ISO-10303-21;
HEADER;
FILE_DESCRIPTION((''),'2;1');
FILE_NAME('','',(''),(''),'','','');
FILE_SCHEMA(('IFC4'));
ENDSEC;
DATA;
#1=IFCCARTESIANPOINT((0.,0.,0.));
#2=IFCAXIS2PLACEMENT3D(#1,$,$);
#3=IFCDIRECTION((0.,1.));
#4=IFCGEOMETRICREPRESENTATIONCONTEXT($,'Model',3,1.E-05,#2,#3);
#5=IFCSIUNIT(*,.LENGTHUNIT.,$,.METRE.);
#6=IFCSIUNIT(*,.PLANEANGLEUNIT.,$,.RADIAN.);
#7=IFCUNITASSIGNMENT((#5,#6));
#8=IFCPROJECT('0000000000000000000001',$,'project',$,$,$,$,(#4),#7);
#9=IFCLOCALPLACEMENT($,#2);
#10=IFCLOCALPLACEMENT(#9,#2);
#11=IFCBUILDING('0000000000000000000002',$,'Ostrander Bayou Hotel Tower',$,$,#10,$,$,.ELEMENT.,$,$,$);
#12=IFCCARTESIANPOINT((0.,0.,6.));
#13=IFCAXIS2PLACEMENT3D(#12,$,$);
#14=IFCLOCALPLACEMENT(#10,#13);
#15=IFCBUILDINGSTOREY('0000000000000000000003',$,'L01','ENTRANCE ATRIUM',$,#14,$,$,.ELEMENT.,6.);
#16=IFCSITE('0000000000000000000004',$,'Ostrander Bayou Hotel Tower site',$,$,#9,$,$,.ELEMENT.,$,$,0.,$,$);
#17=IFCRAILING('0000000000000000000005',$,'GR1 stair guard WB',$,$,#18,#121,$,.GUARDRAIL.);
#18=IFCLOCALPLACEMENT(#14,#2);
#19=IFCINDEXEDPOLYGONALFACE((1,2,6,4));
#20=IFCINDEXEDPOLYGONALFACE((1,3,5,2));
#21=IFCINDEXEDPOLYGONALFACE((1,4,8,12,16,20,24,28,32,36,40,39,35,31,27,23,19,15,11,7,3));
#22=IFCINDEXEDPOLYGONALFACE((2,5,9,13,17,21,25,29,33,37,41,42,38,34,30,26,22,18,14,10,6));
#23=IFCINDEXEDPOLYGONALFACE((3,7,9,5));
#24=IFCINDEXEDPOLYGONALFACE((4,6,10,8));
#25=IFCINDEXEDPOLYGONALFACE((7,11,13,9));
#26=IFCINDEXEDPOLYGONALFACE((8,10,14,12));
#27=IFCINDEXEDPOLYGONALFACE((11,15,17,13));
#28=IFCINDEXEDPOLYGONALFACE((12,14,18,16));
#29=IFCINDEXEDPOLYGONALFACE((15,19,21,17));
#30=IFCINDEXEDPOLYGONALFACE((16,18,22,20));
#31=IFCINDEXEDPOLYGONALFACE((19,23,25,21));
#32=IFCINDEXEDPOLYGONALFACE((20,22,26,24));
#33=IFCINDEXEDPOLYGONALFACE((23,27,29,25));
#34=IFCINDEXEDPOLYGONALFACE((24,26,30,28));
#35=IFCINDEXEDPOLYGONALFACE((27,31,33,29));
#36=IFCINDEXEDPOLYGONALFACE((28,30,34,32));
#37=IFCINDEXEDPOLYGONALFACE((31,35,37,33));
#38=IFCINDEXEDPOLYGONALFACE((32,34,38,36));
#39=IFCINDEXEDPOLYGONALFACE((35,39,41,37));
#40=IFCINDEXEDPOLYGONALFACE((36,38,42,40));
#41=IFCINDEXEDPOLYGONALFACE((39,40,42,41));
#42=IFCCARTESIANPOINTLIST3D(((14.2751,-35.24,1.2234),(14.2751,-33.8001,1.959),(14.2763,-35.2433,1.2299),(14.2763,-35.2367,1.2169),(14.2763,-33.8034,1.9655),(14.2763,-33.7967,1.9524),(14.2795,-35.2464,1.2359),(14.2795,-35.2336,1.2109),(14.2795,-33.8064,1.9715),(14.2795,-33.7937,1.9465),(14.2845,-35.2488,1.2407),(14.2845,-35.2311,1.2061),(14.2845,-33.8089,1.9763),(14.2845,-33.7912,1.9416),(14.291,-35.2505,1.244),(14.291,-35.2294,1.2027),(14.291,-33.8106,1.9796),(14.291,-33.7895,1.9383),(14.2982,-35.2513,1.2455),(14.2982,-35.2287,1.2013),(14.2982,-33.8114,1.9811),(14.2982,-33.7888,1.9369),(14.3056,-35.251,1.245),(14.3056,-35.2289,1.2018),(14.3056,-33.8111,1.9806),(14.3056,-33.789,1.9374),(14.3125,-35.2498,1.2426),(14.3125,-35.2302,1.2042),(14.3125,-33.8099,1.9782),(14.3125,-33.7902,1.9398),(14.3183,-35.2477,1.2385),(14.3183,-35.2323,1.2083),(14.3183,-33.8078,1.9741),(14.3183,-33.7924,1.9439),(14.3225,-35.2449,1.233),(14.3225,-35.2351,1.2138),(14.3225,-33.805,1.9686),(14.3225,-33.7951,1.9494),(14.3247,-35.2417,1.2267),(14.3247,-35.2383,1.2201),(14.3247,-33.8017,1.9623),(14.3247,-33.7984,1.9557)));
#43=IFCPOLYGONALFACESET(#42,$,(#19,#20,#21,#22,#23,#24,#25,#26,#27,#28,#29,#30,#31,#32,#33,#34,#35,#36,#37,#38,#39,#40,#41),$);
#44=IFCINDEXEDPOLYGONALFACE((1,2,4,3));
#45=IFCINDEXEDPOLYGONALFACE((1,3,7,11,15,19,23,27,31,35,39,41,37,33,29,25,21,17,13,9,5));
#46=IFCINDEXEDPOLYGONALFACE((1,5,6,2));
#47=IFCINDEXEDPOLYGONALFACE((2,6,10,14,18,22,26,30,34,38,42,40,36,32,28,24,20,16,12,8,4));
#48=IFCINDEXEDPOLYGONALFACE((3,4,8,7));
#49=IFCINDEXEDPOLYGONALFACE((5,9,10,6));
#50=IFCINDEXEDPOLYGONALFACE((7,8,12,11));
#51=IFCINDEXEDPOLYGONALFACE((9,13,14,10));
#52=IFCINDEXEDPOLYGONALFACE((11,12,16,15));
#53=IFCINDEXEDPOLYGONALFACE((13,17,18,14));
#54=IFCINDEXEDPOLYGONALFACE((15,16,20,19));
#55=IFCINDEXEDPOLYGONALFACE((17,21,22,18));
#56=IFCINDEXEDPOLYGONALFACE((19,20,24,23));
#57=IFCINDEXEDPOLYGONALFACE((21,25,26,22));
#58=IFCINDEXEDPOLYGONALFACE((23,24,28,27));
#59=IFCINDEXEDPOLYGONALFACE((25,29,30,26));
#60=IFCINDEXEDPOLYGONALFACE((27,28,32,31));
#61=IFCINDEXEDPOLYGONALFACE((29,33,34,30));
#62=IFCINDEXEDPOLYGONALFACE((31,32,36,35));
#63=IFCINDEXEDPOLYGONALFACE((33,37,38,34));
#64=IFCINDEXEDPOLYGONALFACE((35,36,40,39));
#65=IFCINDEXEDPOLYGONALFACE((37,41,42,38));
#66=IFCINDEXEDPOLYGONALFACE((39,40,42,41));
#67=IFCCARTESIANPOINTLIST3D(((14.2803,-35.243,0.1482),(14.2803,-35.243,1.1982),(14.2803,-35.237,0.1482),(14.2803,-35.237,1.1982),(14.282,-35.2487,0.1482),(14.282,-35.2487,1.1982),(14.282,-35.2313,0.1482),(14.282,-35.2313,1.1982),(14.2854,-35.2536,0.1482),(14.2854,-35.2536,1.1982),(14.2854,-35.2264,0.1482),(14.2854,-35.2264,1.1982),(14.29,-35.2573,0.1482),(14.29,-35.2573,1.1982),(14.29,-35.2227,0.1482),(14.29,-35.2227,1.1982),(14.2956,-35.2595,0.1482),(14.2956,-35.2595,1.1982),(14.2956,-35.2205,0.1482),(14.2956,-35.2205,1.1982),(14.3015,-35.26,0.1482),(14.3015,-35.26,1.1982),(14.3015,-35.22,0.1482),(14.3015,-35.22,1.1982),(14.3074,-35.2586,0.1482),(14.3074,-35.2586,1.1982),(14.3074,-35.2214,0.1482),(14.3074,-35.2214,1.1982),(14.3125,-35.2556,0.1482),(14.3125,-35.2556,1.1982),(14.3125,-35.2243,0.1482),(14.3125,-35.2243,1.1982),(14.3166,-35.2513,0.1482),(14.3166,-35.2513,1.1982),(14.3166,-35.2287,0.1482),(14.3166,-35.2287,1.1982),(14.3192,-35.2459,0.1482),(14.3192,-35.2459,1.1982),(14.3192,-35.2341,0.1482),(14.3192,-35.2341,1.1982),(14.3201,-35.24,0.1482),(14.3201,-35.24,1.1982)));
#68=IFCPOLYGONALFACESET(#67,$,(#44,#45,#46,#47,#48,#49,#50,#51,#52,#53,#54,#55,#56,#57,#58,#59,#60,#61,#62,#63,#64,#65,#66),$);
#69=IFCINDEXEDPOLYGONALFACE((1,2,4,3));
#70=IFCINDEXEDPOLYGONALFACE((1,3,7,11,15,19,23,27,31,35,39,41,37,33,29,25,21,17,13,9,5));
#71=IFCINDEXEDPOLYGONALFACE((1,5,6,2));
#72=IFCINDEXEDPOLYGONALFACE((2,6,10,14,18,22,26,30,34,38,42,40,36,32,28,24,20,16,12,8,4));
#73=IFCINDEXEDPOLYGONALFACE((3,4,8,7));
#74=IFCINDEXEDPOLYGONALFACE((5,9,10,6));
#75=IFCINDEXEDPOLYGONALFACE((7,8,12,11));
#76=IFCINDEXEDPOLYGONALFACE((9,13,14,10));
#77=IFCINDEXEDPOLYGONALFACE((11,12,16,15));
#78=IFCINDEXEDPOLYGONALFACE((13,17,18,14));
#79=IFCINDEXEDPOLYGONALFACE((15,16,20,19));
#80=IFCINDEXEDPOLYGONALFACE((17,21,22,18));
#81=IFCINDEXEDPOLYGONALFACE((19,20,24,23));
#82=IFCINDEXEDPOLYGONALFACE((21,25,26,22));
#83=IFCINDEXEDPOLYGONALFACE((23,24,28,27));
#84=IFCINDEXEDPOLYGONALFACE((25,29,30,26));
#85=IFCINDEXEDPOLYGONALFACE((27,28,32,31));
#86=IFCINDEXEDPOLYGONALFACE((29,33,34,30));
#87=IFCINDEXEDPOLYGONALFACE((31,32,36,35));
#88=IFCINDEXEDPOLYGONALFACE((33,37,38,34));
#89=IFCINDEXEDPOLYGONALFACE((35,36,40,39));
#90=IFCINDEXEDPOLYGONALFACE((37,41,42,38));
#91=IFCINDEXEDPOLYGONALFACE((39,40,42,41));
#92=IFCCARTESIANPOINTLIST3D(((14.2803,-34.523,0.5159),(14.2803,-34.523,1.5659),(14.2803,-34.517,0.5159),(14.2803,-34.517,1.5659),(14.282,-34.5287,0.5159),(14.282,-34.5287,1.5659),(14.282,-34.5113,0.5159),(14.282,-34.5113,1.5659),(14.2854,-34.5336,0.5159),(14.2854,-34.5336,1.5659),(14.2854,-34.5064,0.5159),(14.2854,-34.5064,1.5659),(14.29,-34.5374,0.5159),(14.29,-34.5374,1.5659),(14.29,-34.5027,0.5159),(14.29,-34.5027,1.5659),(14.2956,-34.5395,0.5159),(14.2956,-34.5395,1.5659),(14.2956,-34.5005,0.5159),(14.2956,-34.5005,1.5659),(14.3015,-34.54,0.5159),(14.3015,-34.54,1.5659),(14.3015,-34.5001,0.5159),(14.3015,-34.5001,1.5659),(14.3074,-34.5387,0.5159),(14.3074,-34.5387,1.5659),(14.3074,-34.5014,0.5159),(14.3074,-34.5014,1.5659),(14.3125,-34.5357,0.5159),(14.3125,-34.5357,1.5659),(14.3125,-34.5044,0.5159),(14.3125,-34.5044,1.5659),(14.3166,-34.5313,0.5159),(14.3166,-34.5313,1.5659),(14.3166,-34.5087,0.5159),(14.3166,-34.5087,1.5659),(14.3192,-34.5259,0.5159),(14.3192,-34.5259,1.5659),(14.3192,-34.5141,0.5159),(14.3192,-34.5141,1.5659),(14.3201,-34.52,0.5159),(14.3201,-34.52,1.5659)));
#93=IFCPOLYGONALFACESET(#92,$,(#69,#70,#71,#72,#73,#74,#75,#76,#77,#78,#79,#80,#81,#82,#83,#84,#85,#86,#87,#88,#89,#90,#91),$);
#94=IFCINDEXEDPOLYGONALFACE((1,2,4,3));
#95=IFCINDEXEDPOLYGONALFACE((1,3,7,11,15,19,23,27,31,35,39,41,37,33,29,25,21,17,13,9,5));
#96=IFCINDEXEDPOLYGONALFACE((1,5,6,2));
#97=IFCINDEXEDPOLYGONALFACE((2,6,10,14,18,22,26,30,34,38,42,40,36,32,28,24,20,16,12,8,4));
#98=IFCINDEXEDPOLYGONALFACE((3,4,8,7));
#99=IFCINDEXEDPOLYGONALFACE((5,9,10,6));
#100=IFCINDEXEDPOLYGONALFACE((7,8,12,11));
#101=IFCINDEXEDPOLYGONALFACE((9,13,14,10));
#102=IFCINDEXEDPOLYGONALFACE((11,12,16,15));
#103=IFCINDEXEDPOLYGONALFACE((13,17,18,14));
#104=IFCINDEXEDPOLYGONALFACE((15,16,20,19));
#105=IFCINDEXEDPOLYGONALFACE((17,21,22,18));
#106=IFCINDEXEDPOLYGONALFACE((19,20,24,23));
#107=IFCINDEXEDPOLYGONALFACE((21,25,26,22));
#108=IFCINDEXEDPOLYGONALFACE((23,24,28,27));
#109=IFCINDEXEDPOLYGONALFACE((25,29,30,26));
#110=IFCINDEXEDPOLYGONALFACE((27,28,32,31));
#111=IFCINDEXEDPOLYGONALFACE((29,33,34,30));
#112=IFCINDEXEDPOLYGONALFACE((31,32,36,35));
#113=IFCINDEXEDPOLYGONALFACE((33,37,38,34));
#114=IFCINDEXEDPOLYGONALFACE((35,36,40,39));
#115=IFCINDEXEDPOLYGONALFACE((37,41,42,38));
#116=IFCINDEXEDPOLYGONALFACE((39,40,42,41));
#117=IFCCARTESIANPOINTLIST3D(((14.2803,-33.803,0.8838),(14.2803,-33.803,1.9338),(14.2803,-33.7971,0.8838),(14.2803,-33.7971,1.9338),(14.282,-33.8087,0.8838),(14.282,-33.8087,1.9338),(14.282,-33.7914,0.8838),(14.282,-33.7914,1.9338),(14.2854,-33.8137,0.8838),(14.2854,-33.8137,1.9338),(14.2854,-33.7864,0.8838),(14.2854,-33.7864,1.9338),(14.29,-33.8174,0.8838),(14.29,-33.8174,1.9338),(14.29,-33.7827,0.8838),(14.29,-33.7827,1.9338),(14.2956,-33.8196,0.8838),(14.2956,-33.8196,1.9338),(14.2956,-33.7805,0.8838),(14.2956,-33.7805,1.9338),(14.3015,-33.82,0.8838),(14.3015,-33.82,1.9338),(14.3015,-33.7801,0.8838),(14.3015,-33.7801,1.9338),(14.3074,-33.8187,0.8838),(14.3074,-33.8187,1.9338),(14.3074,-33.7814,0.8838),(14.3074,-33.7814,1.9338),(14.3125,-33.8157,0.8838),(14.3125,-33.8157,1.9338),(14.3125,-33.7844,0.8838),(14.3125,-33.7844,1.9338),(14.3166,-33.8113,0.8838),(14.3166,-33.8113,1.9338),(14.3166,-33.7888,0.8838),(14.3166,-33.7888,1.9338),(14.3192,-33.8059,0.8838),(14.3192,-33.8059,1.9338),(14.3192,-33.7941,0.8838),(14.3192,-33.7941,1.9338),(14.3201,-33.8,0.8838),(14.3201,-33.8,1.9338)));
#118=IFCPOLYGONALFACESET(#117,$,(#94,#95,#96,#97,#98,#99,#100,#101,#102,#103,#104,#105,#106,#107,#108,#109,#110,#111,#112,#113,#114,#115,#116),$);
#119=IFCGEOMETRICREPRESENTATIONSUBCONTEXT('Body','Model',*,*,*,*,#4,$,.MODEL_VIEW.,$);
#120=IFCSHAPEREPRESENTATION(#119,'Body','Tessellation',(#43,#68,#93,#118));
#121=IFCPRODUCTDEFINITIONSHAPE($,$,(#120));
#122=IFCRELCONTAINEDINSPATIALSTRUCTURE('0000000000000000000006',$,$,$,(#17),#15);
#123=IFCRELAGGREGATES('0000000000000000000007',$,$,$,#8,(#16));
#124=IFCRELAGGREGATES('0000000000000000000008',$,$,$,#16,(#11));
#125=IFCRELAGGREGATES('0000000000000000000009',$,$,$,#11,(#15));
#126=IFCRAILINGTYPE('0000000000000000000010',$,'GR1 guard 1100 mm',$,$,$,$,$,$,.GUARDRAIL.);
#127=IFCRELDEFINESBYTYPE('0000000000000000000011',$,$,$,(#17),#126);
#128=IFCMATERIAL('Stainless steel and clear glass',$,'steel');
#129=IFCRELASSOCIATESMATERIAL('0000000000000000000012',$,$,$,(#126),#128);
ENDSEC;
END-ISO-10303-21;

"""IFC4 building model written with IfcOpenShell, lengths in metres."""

from ifc_helpers import new_model, si_unit, direction, frame, origin, origin_2d, place, context, subcontext, project, spatial, circle, extrude, material, type_object, element, save


model = new_model("IFC4")

# Units and contexts
model_context = context("Model", 3, precision=1e-05, world=origin(), true_north=direction((0.0, 1.0)))
body_context = subcontext(model_context, "Body", "Model", "MODEL_VIEW")
ifc_project = project(units=[si_unit("LENGTHUNIT", "METRE"), si_unit("PLANEANGLEUNIT", "RADIAN")], contexts=[model_context])

# Site, building, storey
site_placement = place(None, origin())
site = spatial("IfcSite", under=ifc_project, at=site_placement, Name="Ostrander Bayou Hotel Tower site", CompositionType="ELEMENT", RefElevation=0.0)
building_placement = place(site_placement, origin())
building = spatial("IfcBuilding", under=site, at=building_placement, Name="Ostrander Bayou Hotel Tower", CompositionType="ELEMENT")
storey_placement = place(building_placement, frame((0.0, 0.0, 6.0)))
storey = spatial("IfcBuildingStorey", under=building, at=storey_placement, Name="L01", Description="ENTRANCE ATRIUM", CompositionType="ELEMENT", Elevation=6.0)

# Railing
ifc_material_1 = material(Name="Stainless steel and clear glass", Category="steel")
railing_type = type_object("IfcRailingType", Name="GR1 guard 1100 mm", PredefinedType="GUARDRAIL", material=ifc_material_1)
railing_1_placement = place(storey_placement, frame((14.3, -35.24, 0.1482)))
element("IfcRailing", 1, at=railing_1_placement, inside=storey, type_object=railing_type, Name="GR1 stair guard WB", PredefinedType="GUARDRAIL", context=body_context, shape_type="SweptSolid", body=[
    extrude(circle(Radius=0.0249, at=origin_2d()), frame((0.0, 0.0, 1.0752), z_axis=(0.0, 0.890528, 0.454927), x_axis=(-1.0, 0.0, 0.0)), (0.0, 0.0, 1.0), 1.6169),
    extrude(circle(Radius=0.02, at=origin_2d()), origin(), (0.0, 0.0, 1.0), 1.05),
    extrude(circle(Radius=0.02, at=origin_2d()), frame((0.0, 0.72, 0.3677)), (0.0, 0.0, 1.0), 1.05),
    extrude(circle(Radius=0.02, at=origin_2d()), frame((0.0, 1.4399, 0.7356)), (0.0, 0.0, 1.0), 1.05),
])

save(model, "model.ifc")
